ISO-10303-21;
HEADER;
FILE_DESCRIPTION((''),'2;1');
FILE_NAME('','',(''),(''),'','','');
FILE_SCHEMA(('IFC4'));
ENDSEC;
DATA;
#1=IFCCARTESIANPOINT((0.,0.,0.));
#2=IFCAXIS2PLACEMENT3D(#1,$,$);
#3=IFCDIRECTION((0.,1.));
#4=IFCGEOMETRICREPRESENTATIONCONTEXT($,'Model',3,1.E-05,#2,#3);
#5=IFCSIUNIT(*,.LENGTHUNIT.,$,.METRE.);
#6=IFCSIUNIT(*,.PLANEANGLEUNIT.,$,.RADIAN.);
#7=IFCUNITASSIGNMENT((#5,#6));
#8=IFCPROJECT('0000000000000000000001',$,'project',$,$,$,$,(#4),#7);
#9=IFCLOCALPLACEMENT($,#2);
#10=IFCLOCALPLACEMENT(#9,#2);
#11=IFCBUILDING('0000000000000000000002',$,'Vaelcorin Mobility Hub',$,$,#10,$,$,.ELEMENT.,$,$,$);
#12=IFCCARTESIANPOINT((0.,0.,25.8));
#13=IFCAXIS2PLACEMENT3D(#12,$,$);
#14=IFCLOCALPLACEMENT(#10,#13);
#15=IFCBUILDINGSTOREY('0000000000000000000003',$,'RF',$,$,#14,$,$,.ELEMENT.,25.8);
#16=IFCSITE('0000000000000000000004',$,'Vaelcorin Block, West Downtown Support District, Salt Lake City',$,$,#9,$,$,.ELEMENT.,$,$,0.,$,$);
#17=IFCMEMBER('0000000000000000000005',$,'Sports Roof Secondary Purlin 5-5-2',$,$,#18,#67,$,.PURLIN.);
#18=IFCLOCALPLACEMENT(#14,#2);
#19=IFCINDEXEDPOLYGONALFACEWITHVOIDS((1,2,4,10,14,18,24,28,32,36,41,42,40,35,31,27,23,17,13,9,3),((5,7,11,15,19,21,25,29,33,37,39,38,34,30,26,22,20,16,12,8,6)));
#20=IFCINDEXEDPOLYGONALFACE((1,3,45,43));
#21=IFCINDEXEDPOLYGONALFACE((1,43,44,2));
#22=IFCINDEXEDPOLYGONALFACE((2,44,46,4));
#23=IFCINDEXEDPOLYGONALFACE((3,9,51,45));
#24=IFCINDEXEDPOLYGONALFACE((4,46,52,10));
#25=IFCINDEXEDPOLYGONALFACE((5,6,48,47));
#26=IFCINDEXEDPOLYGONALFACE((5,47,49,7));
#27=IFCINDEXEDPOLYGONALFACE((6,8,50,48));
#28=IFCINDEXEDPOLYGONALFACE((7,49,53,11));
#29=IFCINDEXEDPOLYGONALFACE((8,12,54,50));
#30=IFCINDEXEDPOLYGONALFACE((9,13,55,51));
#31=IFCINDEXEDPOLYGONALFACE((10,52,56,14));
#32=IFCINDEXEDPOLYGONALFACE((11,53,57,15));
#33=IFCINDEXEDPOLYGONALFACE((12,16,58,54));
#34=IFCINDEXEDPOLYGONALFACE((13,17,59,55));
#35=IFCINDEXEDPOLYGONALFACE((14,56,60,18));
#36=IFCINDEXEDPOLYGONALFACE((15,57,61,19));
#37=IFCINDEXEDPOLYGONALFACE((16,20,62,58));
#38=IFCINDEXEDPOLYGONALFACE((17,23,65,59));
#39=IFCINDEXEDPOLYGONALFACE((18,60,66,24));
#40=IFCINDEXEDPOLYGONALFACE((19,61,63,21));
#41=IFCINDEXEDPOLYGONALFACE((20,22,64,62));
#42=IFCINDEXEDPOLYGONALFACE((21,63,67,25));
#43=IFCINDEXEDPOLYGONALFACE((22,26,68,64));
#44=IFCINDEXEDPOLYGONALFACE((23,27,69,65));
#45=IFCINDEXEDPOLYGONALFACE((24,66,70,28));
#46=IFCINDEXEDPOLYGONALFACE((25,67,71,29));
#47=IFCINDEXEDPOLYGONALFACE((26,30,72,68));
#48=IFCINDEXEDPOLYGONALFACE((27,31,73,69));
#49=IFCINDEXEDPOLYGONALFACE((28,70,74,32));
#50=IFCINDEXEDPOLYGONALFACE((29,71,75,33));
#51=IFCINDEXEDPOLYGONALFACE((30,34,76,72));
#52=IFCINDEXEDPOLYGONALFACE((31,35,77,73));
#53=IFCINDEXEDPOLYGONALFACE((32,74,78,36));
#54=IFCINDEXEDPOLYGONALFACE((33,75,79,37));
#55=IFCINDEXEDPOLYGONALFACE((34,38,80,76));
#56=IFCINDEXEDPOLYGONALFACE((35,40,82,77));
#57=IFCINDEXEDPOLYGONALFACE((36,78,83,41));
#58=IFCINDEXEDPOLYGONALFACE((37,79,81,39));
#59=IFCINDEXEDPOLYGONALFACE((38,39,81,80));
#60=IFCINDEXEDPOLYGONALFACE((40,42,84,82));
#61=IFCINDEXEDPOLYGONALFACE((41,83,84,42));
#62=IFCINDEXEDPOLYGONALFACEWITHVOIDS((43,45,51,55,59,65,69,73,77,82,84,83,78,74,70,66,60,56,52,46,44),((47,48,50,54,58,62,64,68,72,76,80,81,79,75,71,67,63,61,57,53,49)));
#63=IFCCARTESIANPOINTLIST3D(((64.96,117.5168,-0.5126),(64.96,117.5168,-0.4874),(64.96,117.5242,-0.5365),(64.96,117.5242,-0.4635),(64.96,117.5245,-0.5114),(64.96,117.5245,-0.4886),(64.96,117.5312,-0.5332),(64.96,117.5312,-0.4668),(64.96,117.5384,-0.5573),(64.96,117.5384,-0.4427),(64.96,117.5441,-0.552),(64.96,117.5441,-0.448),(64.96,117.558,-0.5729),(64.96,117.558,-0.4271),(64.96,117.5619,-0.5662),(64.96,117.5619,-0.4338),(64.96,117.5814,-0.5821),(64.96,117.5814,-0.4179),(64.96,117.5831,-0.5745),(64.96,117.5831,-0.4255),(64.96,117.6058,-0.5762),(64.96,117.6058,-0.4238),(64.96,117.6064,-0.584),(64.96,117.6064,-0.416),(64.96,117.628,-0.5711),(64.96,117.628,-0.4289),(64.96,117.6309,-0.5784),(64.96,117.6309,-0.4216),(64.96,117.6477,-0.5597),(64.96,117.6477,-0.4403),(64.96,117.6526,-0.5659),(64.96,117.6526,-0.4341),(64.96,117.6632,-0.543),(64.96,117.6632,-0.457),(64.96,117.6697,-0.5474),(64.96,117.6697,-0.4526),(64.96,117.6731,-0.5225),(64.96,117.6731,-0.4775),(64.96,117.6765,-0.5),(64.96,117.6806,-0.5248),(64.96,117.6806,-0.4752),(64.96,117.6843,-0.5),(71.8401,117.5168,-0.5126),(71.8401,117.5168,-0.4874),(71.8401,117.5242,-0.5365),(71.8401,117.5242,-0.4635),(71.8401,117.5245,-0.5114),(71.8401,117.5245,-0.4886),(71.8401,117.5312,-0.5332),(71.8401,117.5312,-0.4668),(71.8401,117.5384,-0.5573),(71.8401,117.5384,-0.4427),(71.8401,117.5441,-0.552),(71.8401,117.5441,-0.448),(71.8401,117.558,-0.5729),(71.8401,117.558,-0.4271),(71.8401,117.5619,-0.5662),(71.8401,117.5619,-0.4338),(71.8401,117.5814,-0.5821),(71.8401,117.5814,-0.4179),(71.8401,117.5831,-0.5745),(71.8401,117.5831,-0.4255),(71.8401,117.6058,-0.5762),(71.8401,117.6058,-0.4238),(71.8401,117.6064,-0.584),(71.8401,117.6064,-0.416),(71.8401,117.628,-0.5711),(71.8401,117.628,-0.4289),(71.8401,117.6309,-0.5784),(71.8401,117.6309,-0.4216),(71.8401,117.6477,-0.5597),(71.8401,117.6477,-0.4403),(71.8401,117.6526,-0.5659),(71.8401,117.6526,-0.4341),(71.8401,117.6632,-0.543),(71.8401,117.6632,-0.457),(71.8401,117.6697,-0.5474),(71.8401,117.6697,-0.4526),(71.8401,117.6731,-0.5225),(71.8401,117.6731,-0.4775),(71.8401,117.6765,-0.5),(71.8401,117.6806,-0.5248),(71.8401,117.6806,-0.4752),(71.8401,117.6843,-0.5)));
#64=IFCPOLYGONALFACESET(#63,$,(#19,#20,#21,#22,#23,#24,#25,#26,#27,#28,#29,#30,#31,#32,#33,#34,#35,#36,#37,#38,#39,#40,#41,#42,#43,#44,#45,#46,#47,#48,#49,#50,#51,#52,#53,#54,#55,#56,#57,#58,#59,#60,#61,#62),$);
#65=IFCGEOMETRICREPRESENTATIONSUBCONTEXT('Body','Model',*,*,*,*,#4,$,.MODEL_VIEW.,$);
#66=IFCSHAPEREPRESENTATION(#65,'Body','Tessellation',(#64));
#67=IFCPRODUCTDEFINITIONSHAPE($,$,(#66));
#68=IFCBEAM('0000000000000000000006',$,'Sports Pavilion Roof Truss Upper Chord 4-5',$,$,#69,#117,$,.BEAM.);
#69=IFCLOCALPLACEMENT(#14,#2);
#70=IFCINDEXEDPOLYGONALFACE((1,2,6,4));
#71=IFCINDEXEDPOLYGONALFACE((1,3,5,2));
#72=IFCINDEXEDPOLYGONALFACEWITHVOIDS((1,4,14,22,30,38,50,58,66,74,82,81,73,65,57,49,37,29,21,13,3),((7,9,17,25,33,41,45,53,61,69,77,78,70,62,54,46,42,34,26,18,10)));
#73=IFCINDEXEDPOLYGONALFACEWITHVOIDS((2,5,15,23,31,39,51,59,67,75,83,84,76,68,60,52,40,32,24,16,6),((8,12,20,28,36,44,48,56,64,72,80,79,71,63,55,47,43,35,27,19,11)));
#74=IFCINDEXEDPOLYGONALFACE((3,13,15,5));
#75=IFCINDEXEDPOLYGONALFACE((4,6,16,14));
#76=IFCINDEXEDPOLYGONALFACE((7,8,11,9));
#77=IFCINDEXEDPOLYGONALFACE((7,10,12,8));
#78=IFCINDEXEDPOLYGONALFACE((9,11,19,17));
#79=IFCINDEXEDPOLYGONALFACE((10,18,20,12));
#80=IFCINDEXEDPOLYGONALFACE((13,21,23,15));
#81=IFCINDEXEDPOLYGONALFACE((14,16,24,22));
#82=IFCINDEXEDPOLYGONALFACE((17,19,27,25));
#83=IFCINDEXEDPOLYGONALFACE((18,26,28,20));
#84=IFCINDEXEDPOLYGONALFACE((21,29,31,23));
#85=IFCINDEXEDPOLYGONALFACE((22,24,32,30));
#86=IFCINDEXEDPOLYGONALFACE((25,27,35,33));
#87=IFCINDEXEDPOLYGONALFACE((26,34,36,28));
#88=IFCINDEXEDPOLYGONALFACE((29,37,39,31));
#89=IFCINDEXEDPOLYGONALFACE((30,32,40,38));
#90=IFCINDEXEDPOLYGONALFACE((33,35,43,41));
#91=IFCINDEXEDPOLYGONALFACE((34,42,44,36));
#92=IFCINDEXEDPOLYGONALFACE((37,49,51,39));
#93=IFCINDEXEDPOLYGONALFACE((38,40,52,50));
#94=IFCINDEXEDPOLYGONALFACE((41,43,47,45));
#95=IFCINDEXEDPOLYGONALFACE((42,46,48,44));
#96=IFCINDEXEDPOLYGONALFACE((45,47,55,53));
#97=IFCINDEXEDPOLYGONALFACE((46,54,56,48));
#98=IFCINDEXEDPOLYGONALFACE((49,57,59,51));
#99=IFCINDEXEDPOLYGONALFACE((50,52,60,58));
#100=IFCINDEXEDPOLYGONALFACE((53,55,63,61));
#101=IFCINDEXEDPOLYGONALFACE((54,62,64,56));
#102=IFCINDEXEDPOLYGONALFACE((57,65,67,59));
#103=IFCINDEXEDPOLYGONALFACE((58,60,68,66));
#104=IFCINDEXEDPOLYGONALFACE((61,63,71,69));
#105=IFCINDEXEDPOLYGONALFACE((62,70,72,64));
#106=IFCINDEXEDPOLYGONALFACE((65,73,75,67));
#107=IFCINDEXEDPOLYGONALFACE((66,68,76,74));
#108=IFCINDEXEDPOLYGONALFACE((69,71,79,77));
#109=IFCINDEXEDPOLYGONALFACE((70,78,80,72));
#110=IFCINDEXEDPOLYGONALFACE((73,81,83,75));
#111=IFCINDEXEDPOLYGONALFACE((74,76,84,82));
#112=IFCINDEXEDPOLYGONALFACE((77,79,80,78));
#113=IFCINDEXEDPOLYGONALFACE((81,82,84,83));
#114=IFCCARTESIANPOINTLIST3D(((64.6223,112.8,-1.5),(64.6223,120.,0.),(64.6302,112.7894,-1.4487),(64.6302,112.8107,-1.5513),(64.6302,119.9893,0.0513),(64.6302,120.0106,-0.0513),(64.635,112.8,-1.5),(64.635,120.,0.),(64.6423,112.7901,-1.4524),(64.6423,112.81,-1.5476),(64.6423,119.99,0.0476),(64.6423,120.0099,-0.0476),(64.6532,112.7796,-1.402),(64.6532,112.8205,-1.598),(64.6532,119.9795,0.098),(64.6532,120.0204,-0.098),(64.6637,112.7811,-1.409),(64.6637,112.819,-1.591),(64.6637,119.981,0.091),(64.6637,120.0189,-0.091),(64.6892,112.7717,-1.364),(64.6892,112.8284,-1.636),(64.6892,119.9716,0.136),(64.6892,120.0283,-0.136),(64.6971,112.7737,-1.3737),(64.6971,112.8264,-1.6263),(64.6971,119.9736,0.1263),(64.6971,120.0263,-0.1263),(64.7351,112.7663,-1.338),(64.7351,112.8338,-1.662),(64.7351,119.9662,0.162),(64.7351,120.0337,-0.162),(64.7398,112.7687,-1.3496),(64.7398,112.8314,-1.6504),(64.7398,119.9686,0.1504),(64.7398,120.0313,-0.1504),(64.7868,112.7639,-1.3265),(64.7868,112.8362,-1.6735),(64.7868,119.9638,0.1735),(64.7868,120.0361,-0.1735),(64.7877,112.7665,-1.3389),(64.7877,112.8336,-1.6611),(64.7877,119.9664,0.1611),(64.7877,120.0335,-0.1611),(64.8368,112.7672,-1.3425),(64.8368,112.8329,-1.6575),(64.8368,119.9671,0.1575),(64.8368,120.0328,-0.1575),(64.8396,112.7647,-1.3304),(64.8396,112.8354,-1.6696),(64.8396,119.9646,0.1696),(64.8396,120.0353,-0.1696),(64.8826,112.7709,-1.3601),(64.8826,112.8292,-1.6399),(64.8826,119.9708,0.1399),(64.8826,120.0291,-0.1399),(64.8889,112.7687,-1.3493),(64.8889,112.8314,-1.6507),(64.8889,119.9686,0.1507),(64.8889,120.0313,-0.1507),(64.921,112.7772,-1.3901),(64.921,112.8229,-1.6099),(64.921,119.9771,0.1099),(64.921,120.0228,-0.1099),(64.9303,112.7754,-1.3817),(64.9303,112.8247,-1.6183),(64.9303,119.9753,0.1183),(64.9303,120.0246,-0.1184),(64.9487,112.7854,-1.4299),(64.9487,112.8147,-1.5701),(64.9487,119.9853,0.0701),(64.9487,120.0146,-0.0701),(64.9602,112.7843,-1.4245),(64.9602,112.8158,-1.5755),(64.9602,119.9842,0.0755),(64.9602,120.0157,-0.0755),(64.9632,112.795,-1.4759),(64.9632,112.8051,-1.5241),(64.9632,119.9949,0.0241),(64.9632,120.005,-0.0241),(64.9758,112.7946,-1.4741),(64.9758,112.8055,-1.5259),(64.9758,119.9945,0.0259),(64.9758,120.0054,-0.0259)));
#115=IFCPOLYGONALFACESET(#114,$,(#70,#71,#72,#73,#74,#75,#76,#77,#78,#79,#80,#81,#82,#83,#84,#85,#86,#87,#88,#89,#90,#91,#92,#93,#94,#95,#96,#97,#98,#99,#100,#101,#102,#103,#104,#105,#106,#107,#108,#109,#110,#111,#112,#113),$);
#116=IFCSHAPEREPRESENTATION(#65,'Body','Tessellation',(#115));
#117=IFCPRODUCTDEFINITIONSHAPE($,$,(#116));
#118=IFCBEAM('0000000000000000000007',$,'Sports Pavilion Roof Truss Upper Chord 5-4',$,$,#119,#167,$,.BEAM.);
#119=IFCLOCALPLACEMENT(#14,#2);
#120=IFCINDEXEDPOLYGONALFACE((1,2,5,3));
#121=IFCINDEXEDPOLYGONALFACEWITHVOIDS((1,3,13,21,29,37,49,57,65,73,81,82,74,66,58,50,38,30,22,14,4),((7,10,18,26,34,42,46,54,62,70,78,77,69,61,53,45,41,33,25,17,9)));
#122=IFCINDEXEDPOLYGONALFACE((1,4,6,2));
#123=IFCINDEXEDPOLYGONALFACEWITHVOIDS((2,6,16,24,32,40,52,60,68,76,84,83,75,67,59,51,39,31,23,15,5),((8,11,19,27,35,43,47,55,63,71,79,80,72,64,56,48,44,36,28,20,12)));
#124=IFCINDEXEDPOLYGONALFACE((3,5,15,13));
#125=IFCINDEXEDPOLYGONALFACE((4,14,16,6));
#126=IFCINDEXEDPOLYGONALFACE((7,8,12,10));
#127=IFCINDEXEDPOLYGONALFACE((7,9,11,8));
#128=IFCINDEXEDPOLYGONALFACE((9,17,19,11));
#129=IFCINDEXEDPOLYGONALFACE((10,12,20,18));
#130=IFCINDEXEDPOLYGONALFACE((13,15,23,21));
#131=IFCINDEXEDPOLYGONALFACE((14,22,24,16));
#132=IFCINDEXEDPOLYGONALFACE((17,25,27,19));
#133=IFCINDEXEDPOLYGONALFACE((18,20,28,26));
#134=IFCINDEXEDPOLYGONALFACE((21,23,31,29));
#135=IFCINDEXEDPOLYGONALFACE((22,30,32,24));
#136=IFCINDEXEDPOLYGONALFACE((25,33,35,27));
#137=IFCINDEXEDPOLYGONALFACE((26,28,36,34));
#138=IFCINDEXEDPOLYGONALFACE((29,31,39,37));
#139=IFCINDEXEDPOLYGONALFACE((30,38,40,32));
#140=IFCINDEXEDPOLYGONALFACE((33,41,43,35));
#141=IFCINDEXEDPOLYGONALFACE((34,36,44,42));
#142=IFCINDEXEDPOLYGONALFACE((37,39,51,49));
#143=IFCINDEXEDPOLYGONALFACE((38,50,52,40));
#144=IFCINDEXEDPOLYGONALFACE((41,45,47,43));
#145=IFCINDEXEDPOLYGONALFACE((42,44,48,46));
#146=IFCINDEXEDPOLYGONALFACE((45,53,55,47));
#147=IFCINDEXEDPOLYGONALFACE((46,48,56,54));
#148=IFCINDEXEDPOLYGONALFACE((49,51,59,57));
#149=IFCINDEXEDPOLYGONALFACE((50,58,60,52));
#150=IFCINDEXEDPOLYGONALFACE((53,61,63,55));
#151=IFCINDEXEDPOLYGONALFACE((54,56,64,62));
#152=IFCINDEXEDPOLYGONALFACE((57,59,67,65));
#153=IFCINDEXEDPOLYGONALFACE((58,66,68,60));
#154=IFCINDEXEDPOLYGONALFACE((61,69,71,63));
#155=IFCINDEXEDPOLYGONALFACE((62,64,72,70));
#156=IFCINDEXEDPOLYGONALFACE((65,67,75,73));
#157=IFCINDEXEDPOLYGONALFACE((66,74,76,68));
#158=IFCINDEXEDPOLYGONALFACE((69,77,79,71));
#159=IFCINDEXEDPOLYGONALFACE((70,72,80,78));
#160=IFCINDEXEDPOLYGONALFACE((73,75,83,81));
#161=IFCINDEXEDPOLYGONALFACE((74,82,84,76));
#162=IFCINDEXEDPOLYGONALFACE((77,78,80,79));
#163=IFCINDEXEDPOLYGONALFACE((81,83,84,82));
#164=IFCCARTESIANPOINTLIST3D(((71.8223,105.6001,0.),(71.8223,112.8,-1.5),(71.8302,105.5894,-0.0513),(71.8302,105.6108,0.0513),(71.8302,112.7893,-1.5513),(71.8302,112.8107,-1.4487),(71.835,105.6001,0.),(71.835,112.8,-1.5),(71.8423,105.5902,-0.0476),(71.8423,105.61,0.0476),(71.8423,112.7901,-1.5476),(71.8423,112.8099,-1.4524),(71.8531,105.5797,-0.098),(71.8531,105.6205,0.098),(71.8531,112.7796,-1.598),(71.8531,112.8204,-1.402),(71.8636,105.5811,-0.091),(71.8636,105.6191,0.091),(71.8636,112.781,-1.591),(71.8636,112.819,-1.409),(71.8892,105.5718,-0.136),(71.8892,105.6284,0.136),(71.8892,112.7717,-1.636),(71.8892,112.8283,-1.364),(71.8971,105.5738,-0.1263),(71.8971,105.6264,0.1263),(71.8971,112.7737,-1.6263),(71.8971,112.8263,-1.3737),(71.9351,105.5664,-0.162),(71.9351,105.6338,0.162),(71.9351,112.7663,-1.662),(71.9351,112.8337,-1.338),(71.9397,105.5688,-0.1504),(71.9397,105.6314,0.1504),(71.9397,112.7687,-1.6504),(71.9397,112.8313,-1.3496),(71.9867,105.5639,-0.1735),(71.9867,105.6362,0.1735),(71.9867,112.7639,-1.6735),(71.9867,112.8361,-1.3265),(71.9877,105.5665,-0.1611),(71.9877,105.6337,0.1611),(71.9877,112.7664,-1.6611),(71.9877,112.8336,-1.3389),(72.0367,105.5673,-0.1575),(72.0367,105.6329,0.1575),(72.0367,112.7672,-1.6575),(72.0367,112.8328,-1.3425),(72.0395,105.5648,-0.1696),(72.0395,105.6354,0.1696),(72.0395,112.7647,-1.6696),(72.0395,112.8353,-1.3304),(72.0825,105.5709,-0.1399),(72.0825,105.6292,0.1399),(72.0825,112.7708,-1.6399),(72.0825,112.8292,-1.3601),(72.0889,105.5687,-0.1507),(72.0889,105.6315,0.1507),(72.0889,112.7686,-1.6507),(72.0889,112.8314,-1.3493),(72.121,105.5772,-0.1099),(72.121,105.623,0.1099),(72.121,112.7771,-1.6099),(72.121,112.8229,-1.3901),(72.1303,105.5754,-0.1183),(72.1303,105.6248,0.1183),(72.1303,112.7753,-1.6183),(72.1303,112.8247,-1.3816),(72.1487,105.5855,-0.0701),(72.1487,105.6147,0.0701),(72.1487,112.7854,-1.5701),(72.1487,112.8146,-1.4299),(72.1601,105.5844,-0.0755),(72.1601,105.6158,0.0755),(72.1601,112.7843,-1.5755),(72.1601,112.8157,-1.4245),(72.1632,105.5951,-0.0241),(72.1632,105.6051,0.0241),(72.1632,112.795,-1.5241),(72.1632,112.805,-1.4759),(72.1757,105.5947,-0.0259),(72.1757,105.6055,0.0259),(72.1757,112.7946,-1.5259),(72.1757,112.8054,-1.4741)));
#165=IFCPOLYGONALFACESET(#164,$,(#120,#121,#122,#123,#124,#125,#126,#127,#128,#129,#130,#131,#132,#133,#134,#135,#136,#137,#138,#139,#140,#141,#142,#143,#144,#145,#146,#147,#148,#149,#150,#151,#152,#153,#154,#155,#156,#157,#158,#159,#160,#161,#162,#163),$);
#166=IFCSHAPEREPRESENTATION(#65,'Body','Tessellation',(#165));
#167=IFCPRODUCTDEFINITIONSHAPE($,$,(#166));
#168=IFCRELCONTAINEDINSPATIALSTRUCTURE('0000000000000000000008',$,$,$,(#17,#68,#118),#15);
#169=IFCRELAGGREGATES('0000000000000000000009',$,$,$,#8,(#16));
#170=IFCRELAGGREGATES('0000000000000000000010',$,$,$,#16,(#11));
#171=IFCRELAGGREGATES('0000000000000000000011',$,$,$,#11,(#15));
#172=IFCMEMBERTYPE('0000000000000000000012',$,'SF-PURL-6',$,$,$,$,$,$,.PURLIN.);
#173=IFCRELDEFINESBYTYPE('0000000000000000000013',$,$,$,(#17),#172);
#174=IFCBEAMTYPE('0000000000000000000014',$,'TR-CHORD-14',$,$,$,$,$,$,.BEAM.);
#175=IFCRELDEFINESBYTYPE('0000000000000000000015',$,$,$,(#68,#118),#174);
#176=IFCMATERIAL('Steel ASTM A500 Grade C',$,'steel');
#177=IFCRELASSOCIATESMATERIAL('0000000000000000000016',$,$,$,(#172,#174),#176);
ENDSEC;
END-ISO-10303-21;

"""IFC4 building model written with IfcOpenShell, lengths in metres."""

from ifc_helpers import new_model, si_unit, direction, frame, origin, origin_2d, place, context, subcontext, project, spatial, hollow_circle, extrude, material, material_profile, profile_set, type_object, element, save


model = new_model("IFC4")

# Units and contexts
model_context = context("Model", 3, precision=1e-05, world=origin(), true_north=direction((0.0, 1.0)))
body_context = subcontext(model_context, "Body", "Model", "MODEL_VIEW")
ifc_project = project(units=[si_unit("LENGTHUNIT", "METRE"), si_unit("PLANEANGLEUNIT", "RADIAN")], contexts=[model_context])

# Site, building, storey
site_placement = place(None, origin())
site = spatial("IfcSite", under=ifc_project, at=site_placement, Name="Vaelcorin Block, West Downtown Support District, Salt Lake City", CompositionType="ELEMENT", RefElevation=0.0)
building_placement = place(site_placement, origin())
building = spatial("IfcBuilding", under=site, at=building_placement, Name="Vaelcorin Mobility Hub", CompositionType="ELEMENT")
storey_placement = place(building_placement, frame((0.0, 0.0, 25.8)))
storey = spatial("IfcBuildingStorey", under=building, at=storey_placement, Name="RF", CompositionType="ELEMENT", Elevation=25.8)

# Member
ifc_material_1 = material(Name="Steel ASTM A500 Grade C", Category="steel")
ifc_material_profile_1 = material_profile(ifc_material_1, hollow_circle(Radius=0.0842, WallThickness=0.0078, at=origin_2d()), Name="HSS6.625X0.312")
ifc_profile_set_1 = profile_set([ifc_material_profile_1], Name="Steel ASTM A500 Grade C")
member_type_1 = type_object("IfcMemberType", Name="SF-PURL-6", PredefinedType="PURLIN", material=ifc_profile_set_1)
for number, where, z_axis, x_axis, name in (
    (1, (64.96, 117.6001, -0.5), (1.0, 0.0, 0.0), (0.0, 1.0, 0.0), "Sports Roof Secondary Purlin 5-5-2"),
):
    element("IfcMember", number, at=place(storey_placement, frame(where, z_axis=z_axis, x_axis=x_axis)), inside=storey, type_object=member_type_1, Name=name, PredefinedType="PURLIN", context=body_context, shape_type="SweptSolid", body=[
        extrude(hollow_circle(Radius=0.0842, WallThickness=0.0078, at=origin_2d()), origin(), (0.0, 0.0, 1.0), 6.8801),
    ])

# Beams
ifc_material_profile_2 = material_profile(ifc_material_1, hollow_circle(Radius=0.1777, WallThickness=0.0127, at=origin_2d()), Name="HSS14.000X0.500")
ifc_profile_set_2 = profile_set([ifc_material_profile_2], Name="Steel ASTM A500 Grade C")
beam_type_1 = type_object("IfcBeamType", Name="TR-CHORD-14", PredefinedType="BEAM", material=ifc_profile_set_2)
for number, where, z_axis, x_axis, name in (
    (2, (64.8, 112.8, -1.5), (0.0, 0.97898, 0.203956), (-1.0, 0.0, 0.0), "Sports Pavilion Roof Truss Upper Chord 4-5"),
    (3, (72.0, 105.6001, 0.0), (0.0, 0.97898, -0.203956), (-1.0, 0.0, 0.0), "Sports Pavilion Roof Truss Upper Chord 5-4"),
):
    element("IfcBeam", number, at=place(storey_placement, frame(where, z_axis=z_axis, x_axis=x_axis)), inside=storey, type_object=beam_type_1, Name=name, PredefinedType="BEAM", context=body_context, shape_type="SweptSolid", body=[
        extrude(hollow_circle(Radius=0.1777, WallThickness=0.0127, at=origin_2d()), origin(), (0.0, 0.0, 1.0), 7.3545),
    ])

save(model, "model.ifc")
